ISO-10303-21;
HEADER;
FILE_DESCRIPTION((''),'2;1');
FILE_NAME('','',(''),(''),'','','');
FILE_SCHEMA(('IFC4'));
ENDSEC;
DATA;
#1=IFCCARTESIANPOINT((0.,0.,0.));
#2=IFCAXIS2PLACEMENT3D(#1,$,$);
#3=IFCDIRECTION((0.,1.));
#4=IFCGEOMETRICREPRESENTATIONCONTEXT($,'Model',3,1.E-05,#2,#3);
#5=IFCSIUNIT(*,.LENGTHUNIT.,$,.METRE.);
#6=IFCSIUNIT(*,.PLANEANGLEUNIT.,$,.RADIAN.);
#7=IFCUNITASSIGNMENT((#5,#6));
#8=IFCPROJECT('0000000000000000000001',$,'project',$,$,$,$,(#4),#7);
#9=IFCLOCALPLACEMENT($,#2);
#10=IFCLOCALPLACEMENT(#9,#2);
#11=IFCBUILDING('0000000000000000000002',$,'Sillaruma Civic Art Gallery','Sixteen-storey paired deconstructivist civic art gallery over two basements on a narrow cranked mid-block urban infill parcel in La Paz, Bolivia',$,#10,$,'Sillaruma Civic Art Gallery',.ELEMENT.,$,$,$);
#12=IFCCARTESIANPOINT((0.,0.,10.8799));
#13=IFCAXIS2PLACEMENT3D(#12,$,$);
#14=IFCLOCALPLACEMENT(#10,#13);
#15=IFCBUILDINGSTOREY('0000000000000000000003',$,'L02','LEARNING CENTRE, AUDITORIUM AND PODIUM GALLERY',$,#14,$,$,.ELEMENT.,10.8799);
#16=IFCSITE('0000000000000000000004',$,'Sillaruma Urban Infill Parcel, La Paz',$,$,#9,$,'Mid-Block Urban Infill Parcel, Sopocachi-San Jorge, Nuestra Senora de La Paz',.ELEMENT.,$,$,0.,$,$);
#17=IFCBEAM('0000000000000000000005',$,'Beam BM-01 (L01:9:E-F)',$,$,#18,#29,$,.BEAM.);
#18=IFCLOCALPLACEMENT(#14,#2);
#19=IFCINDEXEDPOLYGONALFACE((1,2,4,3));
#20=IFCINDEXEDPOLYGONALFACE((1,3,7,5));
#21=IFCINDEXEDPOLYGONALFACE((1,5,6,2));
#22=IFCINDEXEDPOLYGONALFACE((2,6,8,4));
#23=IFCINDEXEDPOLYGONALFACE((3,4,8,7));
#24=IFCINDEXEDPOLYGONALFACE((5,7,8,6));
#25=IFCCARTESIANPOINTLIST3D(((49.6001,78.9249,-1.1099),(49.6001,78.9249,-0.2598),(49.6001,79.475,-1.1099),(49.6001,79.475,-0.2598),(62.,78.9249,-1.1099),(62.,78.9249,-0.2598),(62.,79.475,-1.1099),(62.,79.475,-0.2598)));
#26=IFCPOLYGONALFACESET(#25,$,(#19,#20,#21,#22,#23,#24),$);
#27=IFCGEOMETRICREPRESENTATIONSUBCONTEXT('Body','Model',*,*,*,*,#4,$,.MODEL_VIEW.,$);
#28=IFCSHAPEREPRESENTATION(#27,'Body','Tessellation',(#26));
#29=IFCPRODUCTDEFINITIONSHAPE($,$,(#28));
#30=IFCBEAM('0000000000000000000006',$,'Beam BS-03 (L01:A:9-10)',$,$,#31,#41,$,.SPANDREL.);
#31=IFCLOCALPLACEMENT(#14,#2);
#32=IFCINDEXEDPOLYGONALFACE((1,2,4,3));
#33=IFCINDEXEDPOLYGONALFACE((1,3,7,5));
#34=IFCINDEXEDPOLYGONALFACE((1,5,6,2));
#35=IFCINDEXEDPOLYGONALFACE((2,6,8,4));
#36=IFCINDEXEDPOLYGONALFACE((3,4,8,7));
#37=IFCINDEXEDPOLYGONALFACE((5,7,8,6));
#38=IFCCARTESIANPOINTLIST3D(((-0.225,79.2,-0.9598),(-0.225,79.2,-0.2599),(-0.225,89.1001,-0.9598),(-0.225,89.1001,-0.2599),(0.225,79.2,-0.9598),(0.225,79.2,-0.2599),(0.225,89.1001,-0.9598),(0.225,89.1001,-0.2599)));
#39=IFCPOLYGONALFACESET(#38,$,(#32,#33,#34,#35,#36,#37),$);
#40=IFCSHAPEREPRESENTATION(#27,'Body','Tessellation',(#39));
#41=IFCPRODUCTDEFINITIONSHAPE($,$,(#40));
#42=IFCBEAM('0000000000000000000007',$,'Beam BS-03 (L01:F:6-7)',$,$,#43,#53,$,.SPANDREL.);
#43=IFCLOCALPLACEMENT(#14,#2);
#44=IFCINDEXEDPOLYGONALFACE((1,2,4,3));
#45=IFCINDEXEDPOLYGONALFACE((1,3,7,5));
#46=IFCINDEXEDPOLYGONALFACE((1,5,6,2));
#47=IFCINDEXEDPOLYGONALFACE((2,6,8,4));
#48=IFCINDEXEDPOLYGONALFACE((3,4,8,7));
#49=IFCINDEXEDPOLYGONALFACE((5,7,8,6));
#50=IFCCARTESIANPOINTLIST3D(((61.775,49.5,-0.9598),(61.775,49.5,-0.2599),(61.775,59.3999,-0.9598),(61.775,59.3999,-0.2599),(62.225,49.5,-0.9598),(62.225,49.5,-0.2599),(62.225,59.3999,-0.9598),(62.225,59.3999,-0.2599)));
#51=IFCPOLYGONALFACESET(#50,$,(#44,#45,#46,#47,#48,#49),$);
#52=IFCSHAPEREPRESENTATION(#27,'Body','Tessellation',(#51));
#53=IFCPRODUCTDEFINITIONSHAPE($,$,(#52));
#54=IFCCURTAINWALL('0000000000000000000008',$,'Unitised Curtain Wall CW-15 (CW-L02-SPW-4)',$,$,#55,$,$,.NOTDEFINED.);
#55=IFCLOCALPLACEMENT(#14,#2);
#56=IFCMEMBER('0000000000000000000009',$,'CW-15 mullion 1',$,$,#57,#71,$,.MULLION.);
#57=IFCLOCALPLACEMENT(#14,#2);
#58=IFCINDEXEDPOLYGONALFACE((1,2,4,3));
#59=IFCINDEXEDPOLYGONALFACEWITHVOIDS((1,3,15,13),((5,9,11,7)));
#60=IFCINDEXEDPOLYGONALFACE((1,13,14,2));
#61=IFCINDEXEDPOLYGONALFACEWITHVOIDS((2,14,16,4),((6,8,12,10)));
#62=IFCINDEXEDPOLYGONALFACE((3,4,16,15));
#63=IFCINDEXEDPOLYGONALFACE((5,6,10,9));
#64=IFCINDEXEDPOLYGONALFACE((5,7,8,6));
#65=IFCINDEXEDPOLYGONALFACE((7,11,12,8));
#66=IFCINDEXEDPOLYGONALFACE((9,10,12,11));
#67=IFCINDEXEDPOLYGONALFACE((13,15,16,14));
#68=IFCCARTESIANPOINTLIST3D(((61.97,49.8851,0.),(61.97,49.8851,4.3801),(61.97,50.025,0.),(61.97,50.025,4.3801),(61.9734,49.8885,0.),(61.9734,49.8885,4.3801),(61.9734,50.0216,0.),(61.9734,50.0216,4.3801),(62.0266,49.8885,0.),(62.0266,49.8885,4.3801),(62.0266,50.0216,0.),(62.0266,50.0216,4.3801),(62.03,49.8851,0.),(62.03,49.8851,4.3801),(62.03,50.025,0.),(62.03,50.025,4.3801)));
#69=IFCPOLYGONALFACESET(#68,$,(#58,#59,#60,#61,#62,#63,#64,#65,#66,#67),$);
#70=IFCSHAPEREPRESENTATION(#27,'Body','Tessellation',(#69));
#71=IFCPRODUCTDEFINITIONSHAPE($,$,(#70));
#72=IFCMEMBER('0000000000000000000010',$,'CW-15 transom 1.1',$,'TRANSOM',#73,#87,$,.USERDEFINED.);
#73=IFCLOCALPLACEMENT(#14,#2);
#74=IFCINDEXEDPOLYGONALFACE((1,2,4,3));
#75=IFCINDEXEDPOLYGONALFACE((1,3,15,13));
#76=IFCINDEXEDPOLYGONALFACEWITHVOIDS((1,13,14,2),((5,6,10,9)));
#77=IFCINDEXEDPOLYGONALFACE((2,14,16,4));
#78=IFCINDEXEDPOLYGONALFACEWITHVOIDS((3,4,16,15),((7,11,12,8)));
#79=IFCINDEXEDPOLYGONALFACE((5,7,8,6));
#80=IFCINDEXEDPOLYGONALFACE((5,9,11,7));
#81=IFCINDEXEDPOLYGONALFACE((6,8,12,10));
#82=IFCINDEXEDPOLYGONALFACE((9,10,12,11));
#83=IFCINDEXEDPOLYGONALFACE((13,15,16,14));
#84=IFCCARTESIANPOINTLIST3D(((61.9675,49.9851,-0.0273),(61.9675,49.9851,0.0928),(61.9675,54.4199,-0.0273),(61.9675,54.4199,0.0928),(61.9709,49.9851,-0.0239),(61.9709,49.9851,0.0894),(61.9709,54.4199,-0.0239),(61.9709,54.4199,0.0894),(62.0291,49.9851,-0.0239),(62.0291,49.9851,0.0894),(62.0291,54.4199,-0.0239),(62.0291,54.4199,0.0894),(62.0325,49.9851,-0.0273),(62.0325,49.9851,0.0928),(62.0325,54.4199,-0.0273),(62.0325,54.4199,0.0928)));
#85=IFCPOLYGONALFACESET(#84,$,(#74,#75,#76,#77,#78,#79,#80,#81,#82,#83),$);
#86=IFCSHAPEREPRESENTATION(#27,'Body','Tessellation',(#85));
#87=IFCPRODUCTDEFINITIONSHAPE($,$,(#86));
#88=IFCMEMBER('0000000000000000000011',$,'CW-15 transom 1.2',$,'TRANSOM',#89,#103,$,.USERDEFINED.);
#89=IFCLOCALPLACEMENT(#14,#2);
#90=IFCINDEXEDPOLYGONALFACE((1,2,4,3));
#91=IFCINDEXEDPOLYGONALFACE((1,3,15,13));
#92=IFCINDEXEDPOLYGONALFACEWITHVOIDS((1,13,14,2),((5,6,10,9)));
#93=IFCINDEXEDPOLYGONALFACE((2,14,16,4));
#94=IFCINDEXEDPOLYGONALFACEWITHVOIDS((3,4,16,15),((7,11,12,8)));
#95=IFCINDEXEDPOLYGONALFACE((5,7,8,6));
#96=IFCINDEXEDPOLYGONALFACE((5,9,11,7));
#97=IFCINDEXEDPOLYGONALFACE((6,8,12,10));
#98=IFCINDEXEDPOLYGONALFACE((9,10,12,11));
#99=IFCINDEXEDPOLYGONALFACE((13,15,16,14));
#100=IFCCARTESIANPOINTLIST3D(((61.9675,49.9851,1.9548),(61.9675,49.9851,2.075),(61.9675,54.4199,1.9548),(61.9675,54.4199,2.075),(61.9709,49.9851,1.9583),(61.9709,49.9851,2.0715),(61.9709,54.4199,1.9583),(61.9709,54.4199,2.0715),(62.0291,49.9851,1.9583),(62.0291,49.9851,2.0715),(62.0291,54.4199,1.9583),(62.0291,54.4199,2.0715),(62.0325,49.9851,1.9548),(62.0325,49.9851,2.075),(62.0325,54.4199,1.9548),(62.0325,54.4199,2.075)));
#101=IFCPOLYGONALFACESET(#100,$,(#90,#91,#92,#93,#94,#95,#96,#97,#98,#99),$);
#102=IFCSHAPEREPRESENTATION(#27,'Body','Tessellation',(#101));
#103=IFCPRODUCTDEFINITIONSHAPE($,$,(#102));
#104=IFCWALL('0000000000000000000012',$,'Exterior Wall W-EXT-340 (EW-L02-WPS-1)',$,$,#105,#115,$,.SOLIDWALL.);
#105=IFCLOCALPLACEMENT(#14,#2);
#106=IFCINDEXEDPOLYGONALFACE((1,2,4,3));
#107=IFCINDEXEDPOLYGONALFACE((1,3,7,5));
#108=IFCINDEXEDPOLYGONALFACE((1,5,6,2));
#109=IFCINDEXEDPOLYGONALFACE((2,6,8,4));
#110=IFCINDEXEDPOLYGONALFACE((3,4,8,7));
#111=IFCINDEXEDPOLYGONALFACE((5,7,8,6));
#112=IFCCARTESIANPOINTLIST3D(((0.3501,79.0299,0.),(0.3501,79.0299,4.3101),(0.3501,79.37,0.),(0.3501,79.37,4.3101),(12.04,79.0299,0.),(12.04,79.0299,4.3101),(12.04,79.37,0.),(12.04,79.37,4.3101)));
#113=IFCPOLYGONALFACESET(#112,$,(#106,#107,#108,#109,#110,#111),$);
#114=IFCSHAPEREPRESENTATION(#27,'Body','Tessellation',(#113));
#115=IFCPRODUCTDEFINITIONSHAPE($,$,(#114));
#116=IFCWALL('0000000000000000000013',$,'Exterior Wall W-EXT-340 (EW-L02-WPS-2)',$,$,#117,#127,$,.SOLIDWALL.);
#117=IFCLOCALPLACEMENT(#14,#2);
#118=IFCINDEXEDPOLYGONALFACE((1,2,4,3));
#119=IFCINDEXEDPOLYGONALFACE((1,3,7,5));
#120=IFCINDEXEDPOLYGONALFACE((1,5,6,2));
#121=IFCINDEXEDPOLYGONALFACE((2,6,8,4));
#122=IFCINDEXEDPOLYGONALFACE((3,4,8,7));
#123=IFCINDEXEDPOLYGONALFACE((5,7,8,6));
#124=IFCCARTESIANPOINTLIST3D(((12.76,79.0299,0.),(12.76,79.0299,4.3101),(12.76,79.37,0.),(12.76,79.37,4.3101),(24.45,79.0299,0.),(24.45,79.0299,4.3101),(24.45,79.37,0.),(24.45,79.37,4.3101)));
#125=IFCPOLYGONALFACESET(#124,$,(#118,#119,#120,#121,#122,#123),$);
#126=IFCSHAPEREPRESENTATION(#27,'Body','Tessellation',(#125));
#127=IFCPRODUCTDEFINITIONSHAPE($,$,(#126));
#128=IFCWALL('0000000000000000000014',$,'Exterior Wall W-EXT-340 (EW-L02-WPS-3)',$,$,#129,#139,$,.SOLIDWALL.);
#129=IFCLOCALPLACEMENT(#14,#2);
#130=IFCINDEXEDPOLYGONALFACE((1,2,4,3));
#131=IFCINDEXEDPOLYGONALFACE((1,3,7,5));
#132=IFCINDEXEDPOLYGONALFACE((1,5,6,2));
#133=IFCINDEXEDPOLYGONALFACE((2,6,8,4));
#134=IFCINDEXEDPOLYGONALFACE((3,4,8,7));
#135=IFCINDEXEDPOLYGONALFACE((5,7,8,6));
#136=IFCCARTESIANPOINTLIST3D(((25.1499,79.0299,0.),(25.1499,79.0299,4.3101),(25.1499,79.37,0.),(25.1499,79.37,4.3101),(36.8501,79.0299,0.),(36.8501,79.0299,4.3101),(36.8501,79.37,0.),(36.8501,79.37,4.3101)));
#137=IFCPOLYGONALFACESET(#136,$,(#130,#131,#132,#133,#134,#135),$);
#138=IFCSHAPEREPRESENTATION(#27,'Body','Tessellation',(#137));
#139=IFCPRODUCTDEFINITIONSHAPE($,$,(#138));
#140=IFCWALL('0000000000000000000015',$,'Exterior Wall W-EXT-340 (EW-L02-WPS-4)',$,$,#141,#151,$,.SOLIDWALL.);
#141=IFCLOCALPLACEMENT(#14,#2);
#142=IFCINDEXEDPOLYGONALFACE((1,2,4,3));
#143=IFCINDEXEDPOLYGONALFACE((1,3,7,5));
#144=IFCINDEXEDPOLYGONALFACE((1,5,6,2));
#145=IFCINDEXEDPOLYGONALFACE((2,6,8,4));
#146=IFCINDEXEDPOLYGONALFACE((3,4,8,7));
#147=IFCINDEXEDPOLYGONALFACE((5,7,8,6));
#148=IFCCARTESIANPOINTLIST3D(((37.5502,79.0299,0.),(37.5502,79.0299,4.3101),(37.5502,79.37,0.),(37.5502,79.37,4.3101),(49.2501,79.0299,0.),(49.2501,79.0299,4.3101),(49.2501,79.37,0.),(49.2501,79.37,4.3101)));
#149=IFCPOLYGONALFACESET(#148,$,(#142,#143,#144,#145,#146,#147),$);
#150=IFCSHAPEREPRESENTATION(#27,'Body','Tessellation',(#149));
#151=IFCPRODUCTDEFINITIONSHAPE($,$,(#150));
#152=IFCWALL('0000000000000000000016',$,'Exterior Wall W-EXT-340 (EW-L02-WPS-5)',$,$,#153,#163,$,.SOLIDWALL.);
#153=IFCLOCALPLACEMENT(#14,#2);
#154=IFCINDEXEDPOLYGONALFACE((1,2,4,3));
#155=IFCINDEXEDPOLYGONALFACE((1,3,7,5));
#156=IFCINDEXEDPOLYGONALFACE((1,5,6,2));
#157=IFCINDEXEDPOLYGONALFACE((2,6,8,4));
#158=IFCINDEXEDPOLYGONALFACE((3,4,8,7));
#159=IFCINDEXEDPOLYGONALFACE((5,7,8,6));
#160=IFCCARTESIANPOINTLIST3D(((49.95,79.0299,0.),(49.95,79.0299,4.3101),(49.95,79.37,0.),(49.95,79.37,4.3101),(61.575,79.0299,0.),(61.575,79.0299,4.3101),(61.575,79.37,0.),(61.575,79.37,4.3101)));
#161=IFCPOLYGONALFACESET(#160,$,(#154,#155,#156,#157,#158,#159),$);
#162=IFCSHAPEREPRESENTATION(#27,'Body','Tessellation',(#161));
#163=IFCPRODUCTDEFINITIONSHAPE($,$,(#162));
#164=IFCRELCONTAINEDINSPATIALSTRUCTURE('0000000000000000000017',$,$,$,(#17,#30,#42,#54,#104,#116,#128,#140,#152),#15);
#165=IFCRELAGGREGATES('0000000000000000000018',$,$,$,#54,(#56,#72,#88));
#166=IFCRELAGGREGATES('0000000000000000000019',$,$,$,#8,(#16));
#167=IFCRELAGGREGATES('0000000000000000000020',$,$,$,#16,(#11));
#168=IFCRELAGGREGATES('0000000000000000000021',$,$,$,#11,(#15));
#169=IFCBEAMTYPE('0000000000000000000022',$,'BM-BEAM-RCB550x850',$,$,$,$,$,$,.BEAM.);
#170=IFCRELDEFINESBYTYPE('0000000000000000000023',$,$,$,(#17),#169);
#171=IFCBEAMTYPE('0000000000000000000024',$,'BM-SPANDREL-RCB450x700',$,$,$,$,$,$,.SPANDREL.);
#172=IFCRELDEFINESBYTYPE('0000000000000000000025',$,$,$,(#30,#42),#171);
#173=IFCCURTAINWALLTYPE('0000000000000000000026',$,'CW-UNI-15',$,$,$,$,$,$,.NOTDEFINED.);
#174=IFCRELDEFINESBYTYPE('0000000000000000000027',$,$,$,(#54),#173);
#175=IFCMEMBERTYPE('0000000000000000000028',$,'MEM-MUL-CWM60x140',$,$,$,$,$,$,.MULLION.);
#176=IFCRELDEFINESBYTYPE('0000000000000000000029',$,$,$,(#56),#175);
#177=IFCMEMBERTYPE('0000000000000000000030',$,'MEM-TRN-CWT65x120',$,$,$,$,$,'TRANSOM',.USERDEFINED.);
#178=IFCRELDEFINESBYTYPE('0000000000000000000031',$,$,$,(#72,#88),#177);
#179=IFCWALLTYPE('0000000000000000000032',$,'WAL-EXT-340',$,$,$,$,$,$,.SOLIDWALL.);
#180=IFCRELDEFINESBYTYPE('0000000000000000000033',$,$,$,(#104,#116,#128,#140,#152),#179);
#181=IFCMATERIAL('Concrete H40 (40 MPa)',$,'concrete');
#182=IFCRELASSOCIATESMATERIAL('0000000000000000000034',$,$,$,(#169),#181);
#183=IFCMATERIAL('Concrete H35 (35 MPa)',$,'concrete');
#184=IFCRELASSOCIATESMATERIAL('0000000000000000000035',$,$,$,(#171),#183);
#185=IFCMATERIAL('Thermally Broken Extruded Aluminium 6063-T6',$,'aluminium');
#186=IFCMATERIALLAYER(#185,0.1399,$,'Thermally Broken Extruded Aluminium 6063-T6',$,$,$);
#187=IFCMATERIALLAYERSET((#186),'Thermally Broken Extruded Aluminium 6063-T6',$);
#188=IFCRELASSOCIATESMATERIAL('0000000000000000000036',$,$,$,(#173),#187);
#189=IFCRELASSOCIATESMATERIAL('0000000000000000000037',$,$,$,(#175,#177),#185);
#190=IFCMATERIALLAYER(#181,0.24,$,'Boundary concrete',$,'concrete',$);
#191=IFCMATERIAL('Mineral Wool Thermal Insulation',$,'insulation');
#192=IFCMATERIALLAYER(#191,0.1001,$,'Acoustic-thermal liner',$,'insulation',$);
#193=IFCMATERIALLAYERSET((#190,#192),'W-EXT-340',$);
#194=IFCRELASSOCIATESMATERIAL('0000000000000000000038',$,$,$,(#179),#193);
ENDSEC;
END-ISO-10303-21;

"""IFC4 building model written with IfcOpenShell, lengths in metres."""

from ifc_helpers import new_model, si_unit, direction, frame, frame_2d, origin, origin_2d, place, context, subcontext, project, spatial, rectangle, hollow_rectangle, extrude, material, layer, layer_set, material_profile, profile_set, type_object, element, aggregate, save


model = new_model("IFC4")

# Units and contexts
model_context = context("Model", 3, precision=1e-05, world=origin(), true_north=direction((0.0, 1.0)))
body_context = subcontext(model_context, "Body", "Model", "MODEL_VIEW")
ifc_project = project(units=[si_unit("LENGTHUNIT", "METRE"), si_unit("PLANEANGLEUNIT", "RADIAN")], contexts=[model_context])

# Site, building, storey
site_placement = place(None, origin())
site = spatial("IfcSite", under=ifc_project, at=site_placement, Name="Sillaruma Urban Infill Parcel, La Paz", LongName="Mid-Block Urban Infill Parcel, Sopocachi-San Jorge, Nuestra Senora de La Paz", CompositionType="ELEMENT", RefElevation=0.0)
building_placement = place(site_placement, origin())
building = spatial("IfcBuilding", under=site, at=building_placement, Name="Sillaruma Civic Art Gallery", Description="Sixteen-storey paired deconstructivist civic art gallery over two basements on a narrow cranked mid-block urban infill parcel in La Paz, Bolivia", LongName="Sillaruma Civic Art Gallery", CompositionType="ELEMENT")
storey_placement = place(building_placement, frame((0.0, 0.0, 10.8799)))
storey = spatial("IfcBuildingStorey", under=building, at=storey_placement, Name="L02", Description="LEARNING CENTRE, AUDITORIUM AND PODIUM GALLERY", CompositionType="ELEMENT", Elevation=10.8799)

# Shared definitions
ifc_material_1 = material(Name="Concrete H40 (40 MPa)", Category="concrete")

# Beams
ifc_material_profile_1 = material_profile(ifc_material_1, rectangle(XDim=0.55, YDim=0.8501, at=origin_2d()), Name="RCB550x850")
ifc_profile_set_1 = profile_set([ifc_material_profile_1], Name="Concrete H40 (40 MPa)")
beam_type_1 = type_object("IfcBeamType", Name="BM-BEAM-RCB550x850", PredefinedType="BEAM", material=ifc_profile_set_1)
beam_1_placement = place(storey_placement, frame((49.6001, 79.2, -0.6848), z_axis=(1.0, 0.0, 0.0), x_axis=(0.0, 1.0, 0.0)))
element("IfcBeam", 1, at=beam_1_placement, inside=storey, type_object=beam_type_1, Name="Beam BM-01 (L01:9:E-F)", PredefinedType="BEAM", context=body_context, shape_type="SweptSolid", body=[
    extrude(rectangle(XDim=0.55, YDim=0.8501, at=origin_2d()), origin(), (0.0, 0.0, 1.0), 12.3999),
])
ifc_material_2 = material(Name="Concrete H35 (35 MPa)", Category="concrete")
ifc_material_profile_2 = material_profile(ifc_material_2, rectangle(XDim=0.45, YDim=0.7, at=origin_2d()), Name="RCB450x700")
ifc_profile_set_2 = profile_set([ifc_material_profile_2], Name="Concrete H35 (35 MPa)")
beam_type_2 = type_object("IfcBeamType", Name="BM-SPANDREL-RCB450x700", PredefinedType="SPANDREL", material=ifc_profile_set_2)
beam_2_placement = place(storey_placement, frame((0.0, 79.2, -0.6099), z_axis=(0.0, 1.0, 0.0), x_axis=(-1.0, 0.0, 0.0)))
element("IfcBeam", 2, at=beam_2_placement, inside=storey, type_object=beam_type_2, Name="Beam BS-03 (L01:A:9-10)", PredefinedType="SPANDREL", context=body_context, shape_type="SweptSolid", body=[
    extrude(rectangle(XDim=0.45, YDim=0.7, at=origin_2d()), origin(), (0.0, 0.0, 1.0), 9.9001),
])
beam_3_placement = place(storey_placement, frame((62.0, 49.5, -0.6099), z_axis=(0.0, 1.0, 0.0), x_axis=(-1.0, 0.0, 0.0)))
element("IfcBeam", 3, at=beam_3_placement, inside=storey, type_object=beam_type_2, Name="Beam BS-03 (L01:F:6-7)", PredefinedType="SPANDREL", context=body_context, shape_type="SweptSolid", body=[
    extrude(rectangle(XDim=0.45, YDim=0.7, at=origin_2d()), origin(), (0.0, 0.0, 1.0), 9.8999),
])

# Curtain wall, members
ifc_material_3 = material(Name="Thermally Broken Extruded Aluminium 6063-T6", Category="aluminium")
ifc_layer_1 = layer(ifc_material_3, 0.1399, Name="Thermally Broken Extruded Aluminium 6063-T6")
ifc_layer_set_1 = layer_set([ifc_layer_1], Name="Thermally Broken Extruded Aluminium 6063-T6")
curtain_wall_type = type_object("IfcCurtainWallType", Name="CW-UNI-15", PredefinedType="NOTDEFINED", material=ifc_layer_set_1)
curtain_wall_placement = place(storey_placement, origin())
curtain_wall = element("IfcCurtainWall", 4, at=curtain_wall_placement, inside=storey, type_object=curtain_wall_type, Name="Unitised Curtain Wall CW-15 (CW-L02-SPW-4)", PredefinedType="NOTDEFINED")
ifc_material_profile_3 = material_profile(ifc_material_3, hollow_rectangle(XDim=0.0601, YDim=0.1399, WallThickness=0.0034, at=origin_2d()), Name="CWM60x140")
ifc_profile_set_3 = profile_set([ifc_material_profile_3], Name="Thermally Broken Extruded Aluminium 6063-T6")
member_type_1 = type_object("IfcMemberType", Name="MEM-MUL-CWM60x140", PredefinedType="MULLION", material=ifc_profile_set_3)
member_1_placement = place(storey_placement, frame((62.0, 49.9551, 0.0), z_axis=(0.0, 0.0, 1.0), x_axis=(-1.0, 0.0, 0.0)))
member_1 = element("IfcMember", 5, at=member_1_placement, type_object=member_type_1, Name="CW-15 mullion 1", PredefinedType="MULLION", context=body_context, shape_type="SweptSolid", body=[
    extrude(hollow_rectangle(XDim=0.0601, YDim=0.1399, WallThickness=0.0034, at=origin_2d()), origin(), (0.0, 0.0, 1.0), 4.3801),
])
ifc_material_profile_4 = material_profile(ifc_material_3, hollow_rectangle(XDim=0.0649, YDim=0.1201, WallThickness=0.0034, at=origin_2d()), Name="CWT65x120")
ifc_profile_set_4 = profile_set([ifc_material_profile_4], Name="Thermally Broken Extruded Aluminium 6063-T6")
member_type_2 = type_object("IfcMemberType", Name="MEM-TRN-CWT65x120", ElementType="TRANSOM", PredefinedType="USERDEFINED", material=ifc_profile_set_4)
member_2_placement = place(storey_placement, frame((62.0, 49.9851, 0.0327), z_axis=(0.0, 1.0, 0.0), x_axis=(-1.0, 0.0, 0.0)))
member_2 = element("IfcMember", 6, at=member_2_placement, type_object=member_type_2, Name="CW-15 transom 1.1", ObjectType="TRANSOM", PredefinedType="USERDEFINED", context=body_context, shape_type="SweptSolid", body=[
    extrude(hollow_rectangle(XDim=0.0649, YDim=0.1201, WallThickness=0.0034, at=origin_2d()), origin(), (0.0, 0.0, 1.0), 4.4348),
])
member_3_placement = place(storey_placement, frame((62.0, 49.9851, 2.0149), z_axis=(0.0, 1.0, 0.0), x_axis=(-1.0, 0.0, 0.0)))
member_3 = element("IfcMember", 7, at=member_3_placement, type_object=member_type_2, Name="CW-15 transom 1.2", ObjectType="TRANSOM", PredefinedType="USERDEFINED", context=body_context, shape_type="SweptSolid", body=[
    extrude(hollow_rectangle(XDim=0.0649, YDim=0.1201, WallThickness=0.0034, at=origin_2d()), origin(), (0.0, 0.0, 1.0), 4.4348),
])
aggregate(curtain_wall, [member_1, member_2, member_3])

# Walls
ifc_layer_2 = layer(ifc_material_1, 0.24, Name="Boundary concrete", Category="concrete")
ifc_material_4 = material(Name="Mineral Wool Thermal Insulation", Category="insulation")
ifc_layer_3 = layer(ifc_material_4, 0.1001, Name="Acoustic-thermal liner", Category="insulation")
ifc_layer_set_2 = layer_set([ifc_layer_2, ifc_layer_3], Name="W-EXT-340")
wall_type = type_object("IfcWallType", Name="WAL-EXT-340", PredefinedType="SOLIDWALL", material=ifc_layer_set_2)
for number, where, z_axis, x_axis, name in (
    (8, (0.3501, 79.2, 0.0), (0.0, 0.0, 1.0), (1.0, 0.0, 0.0), "Exterior Wall W-EXT-340 (EW-L02-WPS-1)"),
    (9, (12.76, 79.2, 0.0), (0.0, 0.0, 1.0), (1.0, 0.0, 0.0), "Exterior Wall W-EXT-340 (EW-L02-WPS-2)"),
):
    element("IfcWall", number, at=place(storey_placement, frame(where, z_axis=z_axis, x_axis=x_axis)), inside=storey, type_object=wall_type, Name=name, PredefinedType="SOLIDWALL", context=body_context, shape_type="SweptSolid", body=[
        extrude(rectangle(XDim=11.6899, YDim=0.3401, at=frame_2d((5.845, 0.0))), origin(), (0.0, 0.0, 1.0), 4.3101),
    ])
wall_1_placement = place(storey_placement, frame((25.1499, 79.2, 0.0), z_axis=(0.0, 0.0, 1.0), x_axis=(1.0, 0.0, 0.0)))
element("IfcWall", 10, at=wall_1_placement, inside=storey, type_object=wall_type, Name="Exterior Wall W-EXT-340 (EW-L02-WPS-3)", PredefinedType="SOLIDWALL", context=body_context, shape_type="SweptSolid", body=[
    extrude(rectangle(XDim=11.7002, YDim=0.3401, at=frame_2d((5.8501, 0.0))), origin(), (0.0, 0.0, 1.0), 4.3101),
])
wall_2_placement = place(storey_placement, frame((37.55, 79.2, 0.0), z_axis=(0.0, 0.0, 1.0), x_axis=(1.0, 0.0, 0.0)))
element("IfcWall", 11, at=wall_2_placement, inside=storey, type_object=wall_type, Name="Exterior Wall W-EXT-340 (EW-L02-WPS-4)", PredefinedType="SOLIDWALL", context=body_context, shape_type="SweptSolid", body=[
    extrude(rectangle(XDim=11.7, YDim=0.3401, at=frame_2d((5.8501, 0.0))), origin(), (0.0, 0.0, 1.0), 4.3101),
])
wall_3_placement = place(storey_placement, frame((49.95, 79.2, 0.0), z_axis=(0.0, 0.0, 1.0), x_axis=(1.0, 0.0, 0.0)))
element("IfcWall", 12, at=wall_3_placement, inside=storey, type_object=wall_type, Name="Exterior Wall W-EXT-340 (EW-L02-WPS-5)", PredefinedType="SOLIDWALL", context=body_context, shape_type="SweptSolid", body=[
    extrude(rectangle(XDim=11.625, YDim=0.3401, at=frame_2d((5.8125, 0.0))), origin(), (0.0, 0.0, 1.0), 4.3101),
])

save(model, "model.ifc")
